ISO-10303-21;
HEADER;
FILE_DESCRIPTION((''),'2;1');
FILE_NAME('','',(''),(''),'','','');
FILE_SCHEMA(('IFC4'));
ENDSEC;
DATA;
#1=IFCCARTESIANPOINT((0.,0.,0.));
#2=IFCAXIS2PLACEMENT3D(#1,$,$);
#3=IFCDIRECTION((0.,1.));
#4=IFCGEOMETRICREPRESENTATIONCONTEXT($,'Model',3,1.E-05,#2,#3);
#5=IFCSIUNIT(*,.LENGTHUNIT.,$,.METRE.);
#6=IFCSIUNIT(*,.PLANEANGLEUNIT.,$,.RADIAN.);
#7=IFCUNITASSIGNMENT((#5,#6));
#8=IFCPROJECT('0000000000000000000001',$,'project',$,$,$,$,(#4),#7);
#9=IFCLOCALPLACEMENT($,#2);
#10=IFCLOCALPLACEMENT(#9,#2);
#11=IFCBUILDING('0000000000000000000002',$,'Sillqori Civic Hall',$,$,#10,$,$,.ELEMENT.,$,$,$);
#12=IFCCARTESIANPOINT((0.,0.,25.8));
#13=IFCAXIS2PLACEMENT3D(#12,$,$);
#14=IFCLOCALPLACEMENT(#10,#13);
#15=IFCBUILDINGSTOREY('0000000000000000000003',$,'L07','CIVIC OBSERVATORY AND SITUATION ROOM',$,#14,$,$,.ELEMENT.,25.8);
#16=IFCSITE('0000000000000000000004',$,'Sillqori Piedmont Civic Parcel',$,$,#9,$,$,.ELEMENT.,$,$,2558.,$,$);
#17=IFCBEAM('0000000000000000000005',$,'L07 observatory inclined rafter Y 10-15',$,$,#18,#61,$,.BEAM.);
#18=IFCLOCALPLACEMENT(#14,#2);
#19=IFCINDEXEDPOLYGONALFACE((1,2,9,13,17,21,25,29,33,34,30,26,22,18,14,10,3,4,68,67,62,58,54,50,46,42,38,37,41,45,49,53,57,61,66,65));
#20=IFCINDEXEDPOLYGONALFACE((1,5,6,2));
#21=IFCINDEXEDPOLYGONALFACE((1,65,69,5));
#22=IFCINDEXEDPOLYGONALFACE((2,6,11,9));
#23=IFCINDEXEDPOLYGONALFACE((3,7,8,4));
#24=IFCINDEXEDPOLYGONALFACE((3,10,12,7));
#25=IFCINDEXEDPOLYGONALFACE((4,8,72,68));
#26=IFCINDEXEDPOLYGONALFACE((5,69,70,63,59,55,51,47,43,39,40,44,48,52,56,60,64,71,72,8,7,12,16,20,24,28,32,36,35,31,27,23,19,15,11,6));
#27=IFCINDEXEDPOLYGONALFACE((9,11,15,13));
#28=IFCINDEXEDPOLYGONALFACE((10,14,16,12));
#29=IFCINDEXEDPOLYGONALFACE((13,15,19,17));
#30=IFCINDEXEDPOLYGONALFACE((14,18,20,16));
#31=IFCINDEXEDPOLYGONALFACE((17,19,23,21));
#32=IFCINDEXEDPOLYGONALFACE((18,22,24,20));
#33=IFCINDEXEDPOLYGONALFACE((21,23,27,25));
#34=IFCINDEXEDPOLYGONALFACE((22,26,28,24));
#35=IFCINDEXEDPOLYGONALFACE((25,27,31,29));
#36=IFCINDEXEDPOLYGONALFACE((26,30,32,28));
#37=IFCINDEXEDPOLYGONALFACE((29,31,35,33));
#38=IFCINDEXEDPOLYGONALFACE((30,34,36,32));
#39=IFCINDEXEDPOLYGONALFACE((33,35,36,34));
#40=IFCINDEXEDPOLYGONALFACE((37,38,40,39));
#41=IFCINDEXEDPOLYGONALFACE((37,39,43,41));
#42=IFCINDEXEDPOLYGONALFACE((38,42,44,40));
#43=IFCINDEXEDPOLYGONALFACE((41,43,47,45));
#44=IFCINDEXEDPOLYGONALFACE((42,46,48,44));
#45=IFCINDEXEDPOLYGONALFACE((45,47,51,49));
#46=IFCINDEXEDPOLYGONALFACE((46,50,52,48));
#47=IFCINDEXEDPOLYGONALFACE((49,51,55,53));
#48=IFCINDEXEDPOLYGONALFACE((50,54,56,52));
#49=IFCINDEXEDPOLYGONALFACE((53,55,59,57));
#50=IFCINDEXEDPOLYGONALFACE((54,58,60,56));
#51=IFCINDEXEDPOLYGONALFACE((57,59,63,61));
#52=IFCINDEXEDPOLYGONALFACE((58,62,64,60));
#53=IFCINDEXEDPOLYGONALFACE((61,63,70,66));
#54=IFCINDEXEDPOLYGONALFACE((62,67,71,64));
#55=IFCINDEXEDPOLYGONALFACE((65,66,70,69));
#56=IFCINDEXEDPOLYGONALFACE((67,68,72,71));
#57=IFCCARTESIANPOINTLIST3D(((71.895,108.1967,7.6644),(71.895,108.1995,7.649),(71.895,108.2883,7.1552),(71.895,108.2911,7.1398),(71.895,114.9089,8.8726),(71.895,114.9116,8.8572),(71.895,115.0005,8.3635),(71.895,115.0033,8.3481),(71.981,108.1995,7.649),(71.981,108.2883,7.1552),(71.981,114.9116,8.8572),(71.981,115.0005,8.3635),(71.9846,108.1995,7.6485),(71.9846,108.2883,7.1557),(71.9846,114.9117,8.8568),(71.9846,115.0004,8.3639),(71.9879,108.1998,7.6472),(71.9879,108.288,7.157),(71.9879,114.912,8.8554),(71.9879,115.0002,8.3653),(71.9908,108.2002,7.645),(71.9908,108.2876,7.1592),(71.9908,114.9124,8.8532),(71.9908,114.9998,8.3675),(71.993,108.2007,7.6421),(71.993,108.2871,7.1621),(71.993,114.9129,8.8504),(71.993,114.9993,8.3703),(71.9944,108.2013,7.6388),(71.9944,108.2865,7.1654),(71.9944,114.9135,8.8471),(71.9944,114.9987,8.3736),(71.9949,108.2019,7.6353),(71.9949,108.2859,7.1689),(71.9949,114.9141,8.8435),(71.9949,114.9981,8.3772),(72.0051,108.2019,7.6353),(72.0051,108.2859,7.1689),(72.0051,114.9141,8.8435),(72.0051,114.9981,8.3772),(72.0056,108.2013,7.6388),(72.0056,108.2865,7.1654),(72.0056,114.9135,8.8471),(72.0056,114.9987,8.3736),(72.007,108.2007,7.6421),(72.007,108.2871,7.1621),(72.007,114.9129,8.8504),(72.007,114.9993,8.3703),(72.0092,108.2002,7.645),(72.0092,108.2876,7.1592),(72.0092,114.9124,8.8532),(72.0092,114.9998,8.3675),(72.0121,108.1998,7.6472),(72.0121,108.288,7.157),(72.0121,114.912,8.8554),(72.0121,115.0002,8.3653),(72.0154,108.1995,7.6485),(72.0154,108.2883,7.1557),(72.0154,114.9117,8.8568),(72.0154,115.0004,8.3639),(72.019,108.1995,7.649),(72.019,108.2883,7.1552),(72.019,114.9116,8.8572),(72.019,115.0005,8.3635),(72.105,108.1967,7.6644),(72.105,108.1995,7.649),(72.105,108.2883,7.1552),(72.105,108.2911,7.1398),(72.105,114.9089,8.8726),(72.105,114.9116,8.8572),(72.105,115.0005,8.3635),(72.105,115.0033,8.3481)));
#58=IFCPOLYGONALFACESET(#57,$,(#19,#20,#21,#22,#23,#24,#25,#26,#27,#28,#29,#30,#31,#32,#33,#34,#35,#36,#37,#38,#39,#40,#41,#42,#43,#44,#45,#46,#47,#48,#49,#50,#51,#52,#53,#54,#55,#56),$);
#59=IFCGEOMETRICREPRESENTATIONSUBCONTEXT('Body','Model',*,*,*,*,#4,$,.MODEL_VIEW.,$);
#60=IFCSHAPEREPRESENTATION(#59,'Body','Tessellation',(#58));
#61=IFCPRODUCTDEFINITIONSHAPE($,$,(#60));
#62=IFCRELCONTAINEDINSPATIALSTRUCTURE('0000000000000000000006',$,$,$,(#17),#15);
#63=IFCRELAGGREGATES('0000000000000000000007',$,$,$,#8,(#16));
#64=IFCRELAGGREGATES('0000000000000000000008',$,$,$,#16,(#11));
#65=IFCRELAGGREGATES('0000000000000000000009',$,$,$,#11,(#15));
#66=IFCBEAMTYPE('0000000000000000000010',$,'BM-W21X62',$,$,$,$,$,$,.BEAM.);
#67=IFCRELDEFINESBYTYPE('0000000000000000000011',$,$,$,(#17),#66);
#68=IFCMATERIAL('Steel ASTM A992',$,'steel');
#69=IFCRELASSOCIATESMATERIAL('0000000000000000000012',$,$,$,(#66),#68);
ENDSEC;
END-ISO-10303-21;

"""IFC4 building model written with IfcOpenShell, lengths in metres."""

from ifc_helpers import new_model, si_unit, direction, frame, origin, origin_2d, place, context, subcontext, project, spatial, i_section, extrude, material, material_profile, profile_set, type_object, element, save


model = new_model("IFC4")

# Units and contexts
model_context = context("Model", 3, precision=1e-05, world=origin(), true_north=direction((0.0, 1.0)))
body_context = subcontext(model_context, "Body", "Model", "MODEL_VIEW")
ifc_project = project(units=[si_unit("LENGTHUNIT", "METRE"), si_unit("PLANEANGLEUNIT", "RADIAN")], contexts=[model_context])

# Site, building, storey
site_placement = place(None, origin())
site = spatial("IfcSite", under=ifc_project, at=site_placement, Name="Sillqori Piedmont Civic Parcel", CompositionType="ELEMENT", RefElevation=2558.0)
building_placement = place(site_placement, origin())
building = spatial("IfcBuilding", under=site, at=building_placement, Name="Sillqori Civic Hall", CompositionType="ELEMENT")
storey_placement = place(building_placement, frame((0.0, 0.0, 25.8)))
storey = spatial("IfcBuildingStorey", under=building, at=storey_placement, Name="L07", Description="CIVIC OBSERVATORY AND SITUATION ROOM", CompositionType="ELEMENT", Elevation=25.8)

# Beam
ifc_material_1 = material(Name="Steel ASTM A992", Category="steel")
ifc_material_profile_1 = material_profile(ifc_material_1, i_section(OverallWidth=0.21, OverallDepth=0.533, WebThickness=0.0103, FlangeThickness=0.0156, FilletRadius=0.0139, at=origin_2d()), Name="W21X62")
ifc_profile_set_1 = profile_set([ifc_material_profile_1], Name="Steel ASTM A992")
beam_type = type_object("IfcBeamType", Name="BM-W21X62", PredefinedType="BEAM", material=ifc_profile_set_1)
beam_1_placement = place(storey_placement, frame((72.0, 108.2439, 7.4021), z_axis=(0.0, 0.984182, 0.177162), x_axis=(-1.0, 0.0, 0.0)))
element("IfcBeam", 1, at=beam_1_placement, inside=storey, type_object=beam_type, Name="L07 observatory inclined rafter Y 10-15", PredefinedType="BEAM", context=body_context, shape_type="SweptSolid", body=[
    extrude(i_section(OverallWidth=0.21, OverallDepth=0.533, WebThickness=0.0103, FlangeThickness=0.0156, FilletRadius=0.0139, at=origin_2d()), origin(), (0.0, 0.0, 1.0), 6.8201),
])

save(model, "model.ifc")
